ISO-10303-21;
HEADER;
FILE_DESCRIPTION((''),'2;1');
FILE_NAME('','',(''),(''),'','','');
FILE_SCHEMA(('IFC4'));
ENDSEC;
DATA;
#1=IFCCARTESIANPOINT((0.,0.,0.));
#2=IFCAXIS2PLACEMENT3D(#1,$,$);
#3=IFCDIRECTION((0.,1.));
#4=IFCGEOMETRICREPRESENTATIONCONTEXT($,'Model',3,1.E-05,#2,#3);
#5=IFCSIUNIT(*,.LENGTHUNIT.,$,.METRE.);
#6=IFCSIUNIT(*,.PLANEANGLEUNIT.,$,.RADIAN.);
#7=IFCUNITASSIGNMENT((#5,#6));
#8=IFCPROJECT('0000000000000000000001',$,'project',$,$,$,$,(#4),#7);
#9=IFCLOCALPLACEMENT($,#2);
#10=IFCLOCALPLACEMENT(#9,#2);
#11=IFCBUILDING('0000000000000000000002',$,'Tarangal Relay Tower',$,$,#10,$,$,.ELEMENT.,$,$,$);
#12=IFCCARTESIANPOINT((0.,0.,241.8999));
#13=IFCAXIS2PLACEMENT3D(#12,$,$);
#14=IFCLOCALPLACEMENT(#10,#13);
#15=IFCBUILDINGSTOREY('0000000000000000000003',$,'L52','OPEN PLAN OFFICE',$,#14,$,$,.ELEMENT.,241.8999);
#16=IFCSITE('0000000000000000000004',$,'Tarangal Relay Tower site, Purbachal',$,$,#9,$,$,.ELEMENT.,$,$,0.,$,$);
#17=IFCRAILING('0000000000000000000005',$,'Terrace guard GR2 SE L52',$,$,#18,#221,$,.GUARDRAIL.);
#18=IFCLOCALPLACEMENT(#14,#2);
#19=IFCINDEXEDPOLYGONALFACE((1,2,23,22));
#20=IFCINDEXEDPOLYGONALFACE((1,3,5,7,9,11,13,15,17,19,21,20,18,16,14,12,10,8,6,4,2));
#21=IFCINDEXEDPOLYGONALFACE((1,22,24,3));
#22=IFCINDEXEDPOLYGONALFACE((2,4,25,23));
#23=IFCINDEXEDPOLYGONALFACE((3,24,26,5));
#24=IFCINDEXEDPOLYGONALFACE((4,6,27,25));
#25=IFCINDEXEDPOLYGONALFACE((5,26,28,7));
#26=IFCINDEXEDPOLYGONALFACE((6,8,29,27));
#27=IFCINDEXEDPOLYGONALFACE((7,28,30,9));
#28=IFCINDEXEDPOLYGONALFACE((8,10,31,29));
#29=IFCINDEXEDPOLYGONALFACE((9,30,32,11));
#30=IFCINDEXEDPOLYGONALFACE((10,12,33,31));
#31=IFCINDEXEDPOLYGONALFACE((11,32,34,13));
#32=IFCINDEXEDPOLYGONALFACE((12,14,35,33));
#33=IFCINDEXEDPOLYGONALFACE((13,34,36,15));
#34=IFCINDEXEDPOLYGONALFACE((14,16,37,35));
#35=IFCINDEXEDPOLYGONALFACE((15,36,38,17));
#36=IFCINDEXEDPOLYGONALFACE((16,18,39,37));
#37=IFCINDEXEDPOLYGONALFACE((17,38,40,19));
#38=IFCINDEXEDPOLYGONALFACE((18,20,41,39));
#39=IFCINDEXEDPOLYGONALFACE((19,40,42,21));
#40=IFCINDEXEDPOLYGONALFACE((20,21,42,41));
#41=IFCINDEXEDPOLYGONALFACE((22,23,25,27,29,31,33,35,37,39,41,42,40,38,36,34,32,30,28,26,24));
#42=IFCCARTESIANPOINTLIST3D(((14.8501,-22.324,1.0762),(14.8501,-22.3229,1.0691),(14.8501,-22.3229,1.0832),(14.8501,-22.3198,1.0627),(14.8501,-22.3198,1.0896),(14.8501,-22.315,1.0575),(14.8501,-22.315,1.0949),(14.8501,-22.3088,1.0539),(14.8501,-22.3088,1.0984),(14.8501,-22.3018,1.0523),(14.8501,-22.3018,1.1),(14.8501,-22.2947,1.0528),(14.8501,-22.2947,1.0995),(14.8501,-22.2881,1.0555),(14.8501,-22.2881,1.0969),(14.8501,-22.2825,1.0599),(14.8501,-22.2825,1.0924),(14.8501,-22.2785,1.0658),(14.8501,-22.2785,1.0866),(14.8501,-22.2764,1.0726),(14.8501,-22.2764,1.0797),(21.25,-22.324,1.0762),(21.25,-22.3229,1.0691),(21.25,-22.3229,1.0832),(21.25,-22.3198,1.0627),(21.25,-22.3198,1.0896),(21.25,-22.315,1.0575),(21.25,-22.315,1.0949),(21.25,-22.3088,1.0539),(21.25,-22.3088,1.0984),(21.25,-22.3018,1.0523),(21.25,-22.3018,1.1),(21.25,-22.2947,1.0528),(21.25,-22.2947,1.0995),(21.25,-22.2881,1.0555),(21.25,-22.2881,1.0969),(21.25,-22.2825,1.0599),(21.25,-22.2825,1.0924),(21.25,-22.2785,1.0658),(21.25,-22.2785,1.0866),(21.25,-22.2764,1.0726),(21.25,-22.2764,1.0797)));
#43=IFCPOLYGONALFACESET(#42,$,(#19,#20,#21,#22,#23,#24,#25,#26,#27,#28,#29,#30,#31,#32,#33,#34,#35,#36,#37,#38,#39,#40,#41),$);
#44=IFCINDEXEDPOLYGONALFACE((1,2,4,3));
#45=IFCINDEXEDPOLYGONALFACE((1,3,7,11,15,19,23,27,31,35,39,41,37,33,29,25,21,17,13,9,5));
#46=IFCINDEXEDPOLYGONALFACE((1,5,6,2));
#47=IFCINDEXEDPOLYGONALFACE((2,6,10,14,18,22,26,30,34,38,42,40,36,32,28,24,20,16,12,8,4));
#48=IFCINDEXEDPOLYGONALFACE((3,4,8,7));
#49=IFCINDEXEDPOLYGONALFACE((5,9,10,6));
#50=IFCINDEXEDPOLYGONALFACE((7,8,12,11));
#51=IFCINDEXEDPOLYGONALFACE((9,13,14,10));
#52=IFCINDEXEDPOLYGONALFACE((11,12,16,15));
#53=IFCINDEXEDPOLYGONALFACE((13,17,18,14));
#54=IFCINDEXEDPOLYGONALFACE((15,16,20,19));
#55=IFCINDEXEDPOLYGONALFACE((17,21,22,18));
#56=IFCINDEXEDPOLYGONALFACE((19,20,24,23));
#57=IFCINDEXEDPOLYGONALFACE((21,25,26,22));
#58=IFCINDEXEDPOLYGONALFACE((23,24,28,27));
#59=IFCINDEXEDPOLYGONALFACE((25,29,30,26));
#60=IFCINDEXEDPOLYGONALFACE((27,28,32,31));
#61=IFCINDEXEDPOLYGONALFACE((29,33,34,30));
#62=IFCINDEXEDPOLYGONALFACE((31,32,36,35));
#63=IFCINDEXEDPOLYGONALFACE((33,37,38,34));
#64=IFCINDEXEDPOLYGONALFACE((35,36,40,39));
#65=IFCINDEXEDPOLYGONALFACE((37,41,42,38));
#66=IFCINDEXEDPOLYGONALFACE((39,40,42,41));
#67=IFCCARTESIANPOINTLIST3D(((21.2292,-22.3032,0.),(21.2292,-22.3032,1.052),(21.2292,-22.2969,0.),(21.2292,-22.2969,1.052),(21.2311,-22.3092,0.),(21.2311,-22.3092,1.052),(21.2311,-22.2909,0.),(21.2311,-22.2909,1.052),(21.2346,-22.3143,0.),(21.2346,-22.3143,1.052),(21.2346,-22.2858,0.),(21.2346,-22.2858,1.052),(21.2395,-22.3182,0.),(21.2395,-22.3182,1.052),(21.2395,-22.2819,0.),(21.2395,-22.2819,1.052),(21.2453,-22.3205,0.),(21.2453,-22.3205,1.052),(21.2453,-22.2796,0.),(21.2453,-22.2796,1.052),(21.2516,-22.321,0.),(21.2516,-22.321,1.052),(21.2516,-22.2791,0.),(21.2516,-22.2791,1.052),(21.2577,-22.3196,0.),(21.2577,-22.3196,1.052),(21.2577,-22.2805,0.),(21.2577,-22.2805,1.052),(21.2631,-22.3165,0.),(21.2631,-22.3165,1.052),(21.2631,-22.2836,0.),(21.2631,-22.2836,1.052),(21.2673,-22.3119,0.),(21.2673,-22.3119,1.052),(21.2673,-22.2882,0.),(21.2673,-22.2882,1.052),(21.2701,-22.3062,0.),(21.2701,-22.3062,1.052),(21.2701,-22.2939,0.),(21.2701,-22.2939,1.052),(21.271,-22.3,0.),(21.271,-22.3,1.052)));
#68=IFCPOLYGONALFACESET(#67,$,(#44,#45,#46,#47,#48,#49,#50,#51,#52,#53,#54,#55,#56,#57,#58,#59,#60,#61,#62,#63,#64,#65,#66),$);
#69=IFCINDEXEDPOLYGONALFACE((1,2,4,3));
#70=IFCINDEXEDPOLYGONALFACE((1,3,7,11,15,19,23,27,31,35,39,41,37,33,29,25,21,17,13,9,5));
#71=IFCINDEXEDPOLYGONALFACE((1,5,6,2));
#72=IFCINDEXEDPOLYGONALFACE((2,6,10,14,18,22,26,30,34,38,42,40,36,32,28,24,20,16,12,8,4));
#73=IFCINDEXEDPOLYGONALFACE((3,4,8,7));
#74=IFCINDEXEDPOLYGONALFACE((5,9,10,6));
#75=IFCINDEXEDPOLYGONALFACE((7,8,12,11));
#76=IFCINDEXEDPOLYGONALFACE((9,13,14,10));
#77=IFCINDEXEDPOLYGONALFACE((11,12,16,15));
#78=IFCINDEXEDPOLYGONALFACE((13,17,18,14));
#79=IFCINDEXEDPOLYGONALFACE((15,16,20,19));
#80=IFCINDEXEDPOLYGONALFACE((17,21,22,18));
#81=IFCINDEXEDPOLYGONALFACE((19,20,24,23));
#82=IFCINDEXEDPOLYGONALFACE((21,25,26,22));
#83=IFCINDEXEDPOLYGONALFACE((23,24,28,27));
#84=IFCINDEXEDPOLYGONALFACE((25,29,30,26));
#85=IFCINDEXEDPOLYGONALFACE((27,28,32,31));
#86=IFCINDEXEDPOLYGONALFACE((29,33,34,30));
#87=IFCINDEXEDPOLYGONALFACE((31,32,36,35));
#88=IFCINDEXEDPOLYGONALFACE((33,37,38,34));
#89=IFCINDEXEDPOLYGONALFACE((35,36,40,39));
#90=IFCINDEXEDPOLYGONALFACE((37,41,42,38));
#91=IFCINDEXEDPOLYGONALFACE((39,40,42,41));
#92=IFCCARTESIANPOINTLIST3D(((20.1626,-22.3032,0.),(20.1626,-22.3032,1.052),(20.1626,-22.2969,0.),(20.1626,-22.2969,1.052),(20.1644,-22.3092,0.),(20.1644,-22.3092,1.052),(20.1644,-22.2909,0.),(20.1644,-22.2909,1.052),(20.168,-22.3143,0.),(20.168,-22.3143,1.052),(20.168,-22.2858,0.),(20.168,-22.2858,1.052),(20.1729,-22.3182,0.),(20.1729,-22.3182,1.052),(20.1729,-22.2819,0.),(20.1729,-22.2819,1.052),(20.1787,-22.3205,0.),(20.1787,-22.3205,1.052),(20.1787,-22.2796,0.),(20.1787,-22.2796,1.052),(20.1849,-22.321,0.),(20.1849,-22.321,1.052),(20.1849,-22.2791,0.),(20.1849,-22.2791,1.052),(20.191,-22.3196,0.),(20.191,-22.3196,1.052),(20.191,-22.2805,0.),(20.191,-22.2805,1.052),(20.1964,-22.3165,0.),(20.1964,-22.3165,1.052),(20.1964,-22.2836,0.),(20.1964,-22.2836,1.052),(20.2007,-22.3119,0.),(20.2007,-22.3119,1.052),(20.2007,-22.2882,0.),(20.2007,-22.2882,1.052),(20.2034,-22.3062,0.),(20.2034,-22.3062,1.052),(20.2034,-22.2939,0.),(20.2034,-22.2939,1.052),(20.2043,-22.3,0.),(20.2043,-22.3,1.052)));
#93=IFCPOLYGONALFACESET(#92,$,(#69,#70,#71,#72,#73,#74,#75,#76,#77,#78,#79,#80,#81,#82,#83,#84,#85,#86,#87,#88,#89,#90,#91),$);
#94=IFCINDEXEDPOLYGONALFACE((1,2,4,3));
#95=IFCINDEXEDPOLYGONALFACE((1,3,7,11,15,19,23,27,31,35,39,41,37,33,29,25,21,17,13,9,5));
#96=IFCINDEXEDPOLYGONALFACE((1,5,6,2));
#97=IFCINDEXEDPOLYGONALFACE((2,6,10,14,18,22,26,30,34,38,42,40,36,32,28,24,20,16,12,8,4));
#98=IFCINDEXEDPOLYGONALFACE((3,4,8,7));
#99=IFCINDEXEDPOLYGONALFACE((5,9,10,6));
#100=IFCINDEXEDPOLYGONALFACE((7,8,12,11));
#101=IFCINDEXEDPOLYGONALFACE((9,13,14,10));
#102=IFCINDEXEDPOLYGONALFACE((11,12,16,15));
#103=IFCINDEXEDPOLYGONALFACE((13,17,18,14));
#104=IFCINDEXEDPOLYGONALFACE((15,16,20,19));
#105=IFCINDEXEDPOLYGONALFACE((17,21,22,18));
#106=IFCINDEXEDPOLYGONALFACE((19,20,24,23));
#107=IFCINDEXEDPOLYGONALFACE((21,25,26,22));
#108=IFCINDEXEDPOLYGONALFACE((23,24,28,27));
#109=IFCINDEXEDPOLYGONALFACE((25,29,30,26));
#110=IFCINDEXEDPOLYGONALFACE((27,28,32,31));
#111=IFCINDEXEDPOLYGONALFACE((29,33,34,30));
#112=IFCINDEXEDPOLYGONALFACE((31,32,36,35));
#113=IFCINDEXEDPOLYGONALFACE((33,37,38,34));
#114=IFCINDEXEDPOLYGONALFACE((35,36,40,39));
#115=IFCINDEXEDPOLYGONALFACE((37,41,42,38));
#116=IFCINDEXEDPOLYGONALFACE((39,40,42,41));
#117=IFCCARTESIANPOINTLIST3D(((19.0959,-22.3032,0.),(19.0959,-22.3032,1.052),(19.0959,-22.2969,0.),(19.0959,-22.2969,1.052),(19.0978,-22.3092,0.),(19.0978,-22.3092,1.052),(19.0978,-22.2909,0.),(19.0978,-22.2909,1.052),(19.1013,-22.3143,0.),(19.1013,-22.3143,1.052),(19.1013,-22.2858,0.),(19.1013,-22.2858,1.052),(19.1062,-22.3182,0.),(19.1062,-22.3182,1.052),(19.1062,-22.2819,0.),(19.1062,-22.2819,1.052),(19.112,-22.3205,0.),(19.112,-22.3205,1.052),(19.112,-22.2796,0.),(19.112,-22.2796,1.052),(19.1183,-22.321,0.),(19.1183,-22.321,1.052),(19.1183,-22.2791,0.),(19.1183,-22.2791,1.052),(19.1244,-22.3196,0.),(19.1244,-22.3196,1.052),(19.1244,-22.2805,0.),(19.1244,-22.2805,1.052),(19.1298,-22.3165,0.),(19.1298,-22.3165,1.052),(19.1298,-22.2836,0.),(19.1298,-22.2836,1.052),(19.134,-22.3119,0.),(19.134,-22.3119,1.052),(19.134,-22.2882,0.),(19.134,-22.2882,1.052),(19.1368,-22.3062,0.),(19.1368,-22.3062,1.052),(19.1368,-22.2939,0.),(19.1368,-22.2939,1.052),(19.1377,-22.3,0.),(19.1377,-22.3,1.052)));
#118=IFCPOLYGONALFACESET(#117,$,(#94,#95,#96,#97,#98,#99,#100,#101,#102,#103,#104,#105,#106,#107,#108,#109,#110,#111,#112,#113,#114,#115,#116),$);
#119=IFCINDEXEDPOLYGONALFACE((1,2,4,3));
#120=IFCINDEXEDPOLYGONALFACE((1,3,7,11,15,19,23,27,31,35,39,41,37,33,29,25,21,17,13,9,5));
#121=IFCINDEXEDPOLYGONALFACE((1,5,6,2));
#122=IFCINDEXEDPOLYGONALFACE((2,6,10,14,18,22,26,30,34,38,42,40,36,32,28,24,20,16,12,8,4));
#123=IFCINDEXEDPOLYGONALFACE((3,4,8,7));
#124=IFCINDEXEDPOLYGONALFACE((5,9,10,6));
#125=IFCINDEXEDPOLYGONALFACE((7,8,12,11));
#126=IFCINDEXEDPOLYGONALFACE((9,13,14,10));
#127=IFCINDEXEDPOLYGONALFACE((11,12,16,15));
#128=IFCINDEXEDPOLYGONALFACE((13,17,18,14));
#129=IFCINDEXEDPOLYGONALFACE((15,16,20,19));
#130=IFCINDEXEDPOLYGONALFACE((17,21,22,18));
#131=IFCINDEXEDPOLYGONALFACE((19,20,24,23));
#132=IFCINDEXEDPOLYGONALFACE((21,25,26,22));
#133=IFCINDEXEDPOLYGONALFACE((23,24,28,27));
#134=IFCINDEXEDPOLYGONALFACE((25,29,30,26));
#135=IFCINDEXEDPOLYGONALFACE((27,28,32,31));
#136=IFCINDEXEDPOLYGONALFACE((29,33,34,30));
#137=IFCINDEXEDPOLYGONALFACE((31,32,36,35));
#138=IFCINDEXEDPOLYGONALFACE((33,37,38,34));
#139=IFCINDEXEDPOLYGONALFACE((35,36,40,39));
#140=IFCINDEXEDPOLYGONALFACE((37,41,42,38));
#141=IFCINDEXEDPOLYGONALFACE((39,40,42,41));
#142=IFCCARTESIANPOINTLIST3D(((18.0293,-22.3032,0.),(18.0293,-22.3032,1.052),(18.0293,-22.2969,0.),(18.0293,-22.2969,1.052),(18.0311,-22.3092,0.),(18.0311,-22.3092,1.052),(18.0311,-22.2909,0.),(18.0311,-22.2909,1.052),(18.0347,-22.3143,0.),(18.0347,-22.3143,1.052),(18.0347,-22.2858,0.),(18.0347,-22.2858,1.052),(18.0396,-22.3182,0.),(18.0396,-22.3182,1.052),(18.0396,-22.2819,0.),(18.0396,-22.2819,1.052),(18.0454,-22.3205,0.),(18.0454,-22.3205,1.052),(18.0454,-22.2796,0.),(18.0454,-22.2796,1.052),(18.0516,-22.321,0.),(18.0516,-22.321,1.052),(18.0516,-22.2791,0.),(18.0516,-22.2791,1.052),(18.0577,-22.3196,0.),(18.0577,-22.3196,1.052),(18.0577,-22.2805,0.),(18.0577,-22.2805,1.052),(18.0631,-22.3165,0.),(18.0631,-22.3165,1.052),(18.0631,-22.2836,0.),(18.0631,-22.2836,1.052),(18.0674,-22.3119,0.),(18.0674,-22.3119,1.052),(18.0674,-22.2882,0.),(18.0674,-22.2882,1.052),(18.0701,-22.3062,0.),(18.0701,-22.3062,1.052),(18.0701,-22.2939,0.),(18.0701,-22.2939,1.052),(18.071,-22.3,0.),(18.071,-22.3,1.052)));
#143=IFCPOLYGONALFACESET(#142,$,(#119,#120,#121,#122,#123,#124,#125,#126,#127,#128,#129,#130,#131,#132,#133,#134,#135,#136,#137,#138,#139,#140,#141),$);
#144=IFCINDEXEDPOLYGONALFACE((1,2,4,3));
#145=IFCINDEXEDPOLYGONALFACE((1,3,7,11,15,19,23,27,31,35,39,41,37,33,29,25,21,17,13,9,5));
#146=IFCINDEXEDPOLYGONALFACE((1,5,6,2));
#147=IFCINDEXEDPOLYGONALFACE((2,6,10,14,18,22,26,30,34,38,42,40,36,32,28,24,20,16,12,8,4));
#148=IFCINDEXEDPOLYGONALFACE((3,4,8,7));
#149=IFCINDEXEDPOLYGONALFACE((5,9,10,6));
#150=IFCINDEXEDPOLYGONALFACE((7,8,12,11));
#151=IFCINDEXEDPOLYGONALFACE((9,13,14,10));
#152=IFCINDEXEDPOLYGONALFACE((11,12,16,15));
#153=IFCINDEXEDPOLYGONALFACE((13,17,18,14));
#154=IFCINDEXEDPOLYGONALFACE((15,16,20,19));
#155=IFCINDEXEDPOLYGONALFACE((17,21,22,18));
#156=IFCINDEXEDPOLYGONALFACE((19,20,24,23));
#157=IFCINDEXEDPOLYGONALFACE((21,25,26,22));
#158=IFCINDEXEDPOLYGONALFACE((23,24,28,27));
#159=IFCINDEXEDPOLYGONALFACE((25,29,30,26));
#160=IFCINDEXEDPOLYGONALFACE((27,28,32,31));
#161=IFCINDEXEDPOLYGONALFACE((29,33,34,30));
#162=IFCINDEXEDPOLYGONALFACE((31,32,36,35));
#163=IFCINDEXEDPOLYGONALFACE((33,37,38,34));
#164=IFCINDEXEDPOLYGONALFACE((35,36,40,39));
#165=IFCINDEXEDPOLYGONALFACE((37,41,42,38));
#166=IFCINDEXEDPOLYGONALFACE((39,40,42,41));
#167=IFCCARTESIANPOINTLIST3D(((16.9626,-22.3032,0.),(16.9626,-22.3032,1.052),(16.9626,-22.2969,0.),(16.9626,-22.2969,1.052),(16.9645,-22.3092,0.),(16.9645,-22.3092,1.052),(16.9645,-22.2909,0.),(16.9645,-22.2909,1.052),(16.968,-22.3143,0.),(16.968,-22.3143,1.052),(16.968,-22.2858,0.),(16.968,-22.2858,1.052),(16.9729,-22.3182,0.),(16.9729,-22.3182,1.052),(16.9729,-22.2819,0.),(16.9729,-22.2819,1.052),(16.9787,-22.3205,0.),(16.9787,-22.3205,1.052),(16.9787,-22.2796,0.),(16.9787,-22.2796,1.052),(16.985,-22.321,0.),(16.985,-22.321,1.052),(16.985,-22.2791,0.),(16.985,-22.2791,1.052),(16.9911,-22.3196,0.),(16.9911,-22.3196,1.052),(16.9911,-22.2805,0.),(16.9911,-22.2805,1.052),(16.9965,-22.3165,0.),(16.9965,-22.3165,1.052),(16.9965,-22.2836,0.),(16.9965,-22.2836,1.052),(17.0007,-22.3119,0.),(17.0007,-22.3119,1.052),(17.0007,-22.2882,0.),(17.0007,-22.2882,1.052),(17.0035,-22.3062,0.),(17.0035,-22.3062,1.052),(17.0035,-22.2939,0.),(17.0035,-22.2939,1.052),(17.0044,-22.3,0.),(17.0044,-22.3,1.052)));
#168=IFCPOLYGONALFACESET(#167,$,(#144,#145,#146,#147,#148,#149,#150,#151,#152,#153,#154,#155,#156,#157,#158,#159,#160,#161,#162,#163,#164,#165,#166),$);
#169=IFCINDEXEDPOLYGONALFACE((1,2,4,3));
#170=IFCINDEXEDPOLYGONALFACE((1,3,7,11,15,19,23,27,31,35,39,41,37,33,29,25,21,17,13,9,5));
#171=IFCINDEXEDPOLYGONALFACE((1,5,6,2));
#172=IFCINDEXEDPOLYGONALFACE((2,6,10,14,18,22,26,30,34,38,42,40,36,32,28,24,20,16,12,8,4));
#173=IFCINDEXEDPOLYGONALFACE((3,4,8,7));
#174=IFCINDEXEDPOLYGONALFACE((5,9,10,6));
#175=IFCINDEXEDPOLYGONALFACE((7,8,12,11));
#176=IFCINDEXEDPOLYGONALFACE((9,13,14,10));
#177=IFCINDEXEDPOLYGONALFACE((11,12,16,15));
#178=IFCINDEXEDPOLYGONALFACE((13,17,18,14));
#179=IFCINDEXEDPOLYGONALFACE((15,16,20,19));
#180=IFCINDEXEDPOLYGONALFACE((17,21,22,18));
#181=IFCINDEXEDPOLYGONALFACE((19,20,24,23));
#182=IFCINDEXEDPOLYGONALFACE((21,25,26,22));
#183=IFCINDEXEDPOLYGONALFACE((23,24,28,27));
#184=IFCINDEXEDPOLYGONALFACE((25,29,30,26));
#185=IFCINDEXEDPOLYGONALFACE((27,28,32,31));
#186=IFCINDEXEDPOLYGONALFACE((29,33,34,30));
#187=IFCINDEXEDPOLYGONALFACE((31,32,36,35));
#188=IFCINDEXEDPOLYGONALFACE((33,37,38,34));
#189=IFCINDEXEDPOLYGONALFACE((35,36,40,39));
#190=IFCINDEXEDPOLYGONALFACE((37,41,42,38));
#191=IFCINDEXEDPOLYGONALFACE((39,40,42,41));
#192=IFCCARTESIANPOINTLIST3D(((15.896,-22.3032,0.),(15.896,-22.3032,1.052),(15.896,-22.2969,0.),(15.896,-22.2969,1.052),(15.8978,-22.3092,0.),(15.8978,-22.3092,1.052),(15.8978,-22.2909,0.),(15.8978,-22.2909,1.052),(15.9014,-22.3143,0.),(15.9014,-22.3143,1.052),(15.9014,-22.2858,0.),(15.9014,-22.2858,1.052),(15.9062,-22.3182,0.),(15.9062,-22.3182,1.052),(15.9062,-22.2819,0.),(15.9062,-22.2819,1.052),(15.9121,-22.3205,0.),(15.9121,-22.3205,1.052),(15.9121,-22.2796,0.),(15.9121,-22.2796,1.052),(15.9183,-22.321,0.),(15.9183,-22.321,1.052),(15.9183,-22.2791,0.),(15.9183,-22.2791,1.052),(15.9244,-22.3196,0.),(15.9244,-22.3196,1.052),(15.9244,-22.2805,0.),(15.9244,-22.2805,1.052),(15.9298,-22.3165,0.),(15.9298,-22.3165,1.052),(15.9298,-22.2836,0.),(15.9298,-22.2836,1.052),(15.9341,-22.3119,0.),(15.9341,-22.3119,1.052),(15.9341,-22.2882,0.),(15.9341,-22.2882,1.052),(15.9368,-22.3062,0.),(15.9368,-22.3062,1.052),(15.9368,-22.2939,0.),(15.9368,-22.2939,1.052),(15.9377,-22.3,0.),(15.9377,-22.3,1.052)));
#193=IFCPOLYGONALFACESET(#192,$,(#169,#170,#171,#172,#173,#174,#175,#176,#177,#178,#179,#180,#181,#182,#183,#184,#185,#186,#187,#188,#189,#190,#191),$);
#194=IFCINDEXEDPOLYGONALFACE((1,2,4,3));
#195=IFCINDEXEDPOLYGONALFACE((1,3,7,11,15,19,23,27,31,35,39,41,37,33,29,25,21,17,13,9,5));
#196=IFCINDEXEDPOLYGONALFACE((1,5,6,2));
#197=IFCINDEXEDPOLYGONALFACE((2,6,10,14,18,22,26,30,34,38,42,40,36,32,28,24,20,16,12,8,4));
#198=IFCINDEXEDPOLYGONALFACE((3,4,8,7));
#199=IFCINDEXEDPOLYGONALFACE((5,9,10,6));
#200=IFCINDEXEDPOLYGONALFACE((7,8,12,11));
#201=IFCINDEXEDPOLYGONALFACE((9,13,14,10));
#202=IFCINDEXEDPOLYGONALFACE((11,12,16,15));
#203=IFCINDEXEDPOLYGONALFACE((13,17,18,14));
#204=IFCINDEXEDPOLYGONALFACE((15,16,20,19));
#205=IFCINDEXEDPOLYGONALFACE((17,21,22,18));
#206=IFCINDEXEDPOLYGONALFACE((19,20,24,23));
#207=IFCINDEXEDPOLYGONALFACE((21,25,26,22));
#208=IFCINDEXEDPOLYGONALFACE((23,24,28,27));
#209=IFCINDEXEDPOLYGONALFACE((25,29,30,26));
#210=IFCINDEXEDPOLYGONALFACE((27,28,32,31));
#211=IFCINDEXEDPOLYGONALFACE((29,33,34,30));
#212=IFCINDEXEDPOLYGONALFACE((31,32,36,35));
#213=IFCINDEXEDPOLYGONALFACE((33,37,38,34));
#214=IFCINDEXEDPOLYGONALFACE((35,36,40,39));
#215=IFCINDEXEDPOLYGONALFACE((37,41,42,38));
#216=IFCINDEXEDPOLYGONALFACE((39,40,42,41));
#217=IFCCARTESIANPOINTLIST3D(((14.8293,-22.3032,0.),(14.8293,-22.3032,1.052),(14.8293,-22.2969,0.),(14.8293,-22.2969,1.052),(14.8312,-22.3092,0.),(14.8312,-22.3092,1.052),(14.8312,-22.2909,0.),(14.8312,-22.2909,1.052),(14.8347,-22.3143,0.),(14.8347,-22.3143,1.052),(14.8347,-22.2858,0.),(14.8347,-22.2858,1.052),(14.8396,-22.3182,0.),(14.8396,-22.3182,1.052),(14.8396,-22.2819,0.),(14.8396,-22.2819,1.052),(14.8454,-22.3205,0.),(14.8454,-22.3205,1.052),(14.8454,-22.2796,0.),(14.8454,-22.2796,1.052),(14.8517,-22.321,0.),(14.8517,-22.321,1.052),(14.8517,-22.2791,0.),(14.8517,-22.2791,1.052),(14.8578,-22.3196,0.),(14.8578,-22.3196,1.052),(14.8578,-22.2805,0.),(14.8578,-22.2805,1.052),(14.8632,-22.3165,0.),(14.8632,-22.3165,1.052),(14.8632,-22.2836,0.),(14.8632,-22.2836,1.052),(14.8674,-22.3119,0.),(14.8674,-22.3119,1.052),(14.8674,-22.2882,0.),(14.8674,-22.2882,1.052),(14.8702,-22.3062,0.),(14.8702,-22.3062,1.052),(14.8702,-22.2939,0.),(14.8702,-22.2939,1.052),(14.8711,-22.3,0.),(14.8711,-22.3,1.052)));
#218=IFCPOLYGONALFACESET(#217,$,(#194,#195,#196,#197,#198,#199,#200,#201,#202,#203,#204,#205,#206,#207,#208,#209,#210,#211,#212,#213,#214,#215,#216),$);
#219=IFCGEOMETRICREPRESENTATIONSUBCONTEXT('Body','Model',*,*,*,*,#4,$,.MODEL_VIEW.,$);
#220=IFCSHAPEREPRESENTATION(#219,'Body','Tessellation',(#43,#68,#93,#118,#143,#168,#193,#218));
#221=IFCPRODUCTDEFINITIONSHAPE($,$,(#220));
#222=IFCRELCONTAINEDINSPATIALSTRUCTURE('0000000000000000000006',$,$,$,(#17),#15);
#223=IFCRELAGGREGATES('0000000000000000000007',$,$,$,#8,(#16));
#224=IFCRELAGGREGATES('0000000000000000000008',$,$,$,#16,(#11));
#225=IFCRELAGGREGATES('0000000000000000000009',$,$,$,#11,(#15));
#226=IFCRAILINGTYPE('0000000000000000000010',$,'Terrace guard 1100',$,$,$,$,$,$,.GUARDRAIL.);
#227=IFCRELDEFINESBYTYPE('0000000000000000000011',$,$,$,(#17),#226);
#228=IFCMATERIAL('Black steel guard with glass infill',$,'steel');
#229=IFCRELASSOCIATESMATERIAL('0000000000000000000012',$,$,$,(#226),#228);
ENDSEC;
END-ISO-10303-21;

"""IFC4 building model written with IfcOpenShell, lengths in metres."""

from ifc_helpers import new_model, si_unit, direction, frame, origin, origin_2d, place, context, subcontext, project, spatial, circle, extrude, material, type_object, element, save


model = new_model("IFC4")

# Units and contexts
model_context = context("Model", 3, precision=1e-05, world=origin(), true_north=direction((0.0, 1.0)))
body_context = subcontext(model_context, "Body", "Model", "MODEL_VIEW")
ifc_project = project(units=[si_unit("LENGTHUNIT", "METRE"), si_unit("PLANEANGLEUNIT", "RADIAN")], contexts=[model_context])

# Site, building, storey
site_placement = place(None, origin())
site = spatial("IfcSite", under=ifc_project, at=site_placement, Name="Tarangal Relay Tower site, Purbachal", CompositionType="ELEMENT", RefElevation=0.0)
building_placement = place(site_placement, origin())
building = spatial("IfcBuilding", under=site, at=building_placement, Name="Tarangal Relay Tower", CompositionType="ELEMENT")
storey_placement = place(building_placement, frame((0.0, 0.0, 241.8999)))
storey = spatial("IfcBuildingStorey", under=building, at=storey_placement, Name="L52", Description="OPEN PLAN OFFICE", CompositionType="ELEMENT", Elevation=241.8999)

# Railing
ifc_material_1 = material(Name="Black steel guard with glass infill", Category="steel")
railing_type = type_object("IfcRailingType", Name="Terrace guard 1100", PredefinedType="GUARDRAIL", material=ifc_material_1)
railing_1_placement = place(storey_placement, frame((21.25, -22.3, 0.0)))
element("IfcRailing", 1, at=railing_1_placement, inside=storey, type_object=railing_type, Name="Terrace guard GR2 SE L52", PredefinedType="GUARDRAIL", context=body_context, shape_type="SweptSolid", body=[
    extrude(circle(Radius=0.0239, at=origin_2d()), frame((0.0, 0.0, 1.0762), z_axis=(-1.0, 0.0, 0.0), x_axis=(0.0, -1.0, 0.0)), (0.0, 0.0, 1.0), 6.3999),
    extrude(circle(Radius=0.021, at=origin_2d()), origin(), (0.0, 0.0, 1.0), 1.052),
    extrude(circle(Radius=0.021, at=origin_2d()), frame((-1.0667, 0.0, 0.0)), (0.0, 0.0, 1.0), 1.052),
    extrude(circle(Radius=0.021, at=origin_2d()), frame((-2.1333, 0.0, 0.0)), (0.0, 0.0, 1.0), 1.052),
    extrude(circle(Radius=0.021, at=origin_2d()), frame((-3.2, 0.0, 0.0)), (0.0, 0.0, 1.0), 1.052),
    extrude(circle(Radius=0.021, at=origin_2d()), frame((-4.2666, 0.0, 0.0)), (0.0, 0.0, 1.0), 1.052),
    extrude(circle(Radius=0.021, at=origin_2d()), frame((-5.3333, 0.0, 0.0)), (0.0, 0.0, 1.0), 1.052),
    extrude(circle(Radius=0.021, at=origin_2d()), frame((-6.3999, 0.0, 0.0)), (0.0, 0.0, 1.0), 1.052),
])

save(model, "model.ifc")
